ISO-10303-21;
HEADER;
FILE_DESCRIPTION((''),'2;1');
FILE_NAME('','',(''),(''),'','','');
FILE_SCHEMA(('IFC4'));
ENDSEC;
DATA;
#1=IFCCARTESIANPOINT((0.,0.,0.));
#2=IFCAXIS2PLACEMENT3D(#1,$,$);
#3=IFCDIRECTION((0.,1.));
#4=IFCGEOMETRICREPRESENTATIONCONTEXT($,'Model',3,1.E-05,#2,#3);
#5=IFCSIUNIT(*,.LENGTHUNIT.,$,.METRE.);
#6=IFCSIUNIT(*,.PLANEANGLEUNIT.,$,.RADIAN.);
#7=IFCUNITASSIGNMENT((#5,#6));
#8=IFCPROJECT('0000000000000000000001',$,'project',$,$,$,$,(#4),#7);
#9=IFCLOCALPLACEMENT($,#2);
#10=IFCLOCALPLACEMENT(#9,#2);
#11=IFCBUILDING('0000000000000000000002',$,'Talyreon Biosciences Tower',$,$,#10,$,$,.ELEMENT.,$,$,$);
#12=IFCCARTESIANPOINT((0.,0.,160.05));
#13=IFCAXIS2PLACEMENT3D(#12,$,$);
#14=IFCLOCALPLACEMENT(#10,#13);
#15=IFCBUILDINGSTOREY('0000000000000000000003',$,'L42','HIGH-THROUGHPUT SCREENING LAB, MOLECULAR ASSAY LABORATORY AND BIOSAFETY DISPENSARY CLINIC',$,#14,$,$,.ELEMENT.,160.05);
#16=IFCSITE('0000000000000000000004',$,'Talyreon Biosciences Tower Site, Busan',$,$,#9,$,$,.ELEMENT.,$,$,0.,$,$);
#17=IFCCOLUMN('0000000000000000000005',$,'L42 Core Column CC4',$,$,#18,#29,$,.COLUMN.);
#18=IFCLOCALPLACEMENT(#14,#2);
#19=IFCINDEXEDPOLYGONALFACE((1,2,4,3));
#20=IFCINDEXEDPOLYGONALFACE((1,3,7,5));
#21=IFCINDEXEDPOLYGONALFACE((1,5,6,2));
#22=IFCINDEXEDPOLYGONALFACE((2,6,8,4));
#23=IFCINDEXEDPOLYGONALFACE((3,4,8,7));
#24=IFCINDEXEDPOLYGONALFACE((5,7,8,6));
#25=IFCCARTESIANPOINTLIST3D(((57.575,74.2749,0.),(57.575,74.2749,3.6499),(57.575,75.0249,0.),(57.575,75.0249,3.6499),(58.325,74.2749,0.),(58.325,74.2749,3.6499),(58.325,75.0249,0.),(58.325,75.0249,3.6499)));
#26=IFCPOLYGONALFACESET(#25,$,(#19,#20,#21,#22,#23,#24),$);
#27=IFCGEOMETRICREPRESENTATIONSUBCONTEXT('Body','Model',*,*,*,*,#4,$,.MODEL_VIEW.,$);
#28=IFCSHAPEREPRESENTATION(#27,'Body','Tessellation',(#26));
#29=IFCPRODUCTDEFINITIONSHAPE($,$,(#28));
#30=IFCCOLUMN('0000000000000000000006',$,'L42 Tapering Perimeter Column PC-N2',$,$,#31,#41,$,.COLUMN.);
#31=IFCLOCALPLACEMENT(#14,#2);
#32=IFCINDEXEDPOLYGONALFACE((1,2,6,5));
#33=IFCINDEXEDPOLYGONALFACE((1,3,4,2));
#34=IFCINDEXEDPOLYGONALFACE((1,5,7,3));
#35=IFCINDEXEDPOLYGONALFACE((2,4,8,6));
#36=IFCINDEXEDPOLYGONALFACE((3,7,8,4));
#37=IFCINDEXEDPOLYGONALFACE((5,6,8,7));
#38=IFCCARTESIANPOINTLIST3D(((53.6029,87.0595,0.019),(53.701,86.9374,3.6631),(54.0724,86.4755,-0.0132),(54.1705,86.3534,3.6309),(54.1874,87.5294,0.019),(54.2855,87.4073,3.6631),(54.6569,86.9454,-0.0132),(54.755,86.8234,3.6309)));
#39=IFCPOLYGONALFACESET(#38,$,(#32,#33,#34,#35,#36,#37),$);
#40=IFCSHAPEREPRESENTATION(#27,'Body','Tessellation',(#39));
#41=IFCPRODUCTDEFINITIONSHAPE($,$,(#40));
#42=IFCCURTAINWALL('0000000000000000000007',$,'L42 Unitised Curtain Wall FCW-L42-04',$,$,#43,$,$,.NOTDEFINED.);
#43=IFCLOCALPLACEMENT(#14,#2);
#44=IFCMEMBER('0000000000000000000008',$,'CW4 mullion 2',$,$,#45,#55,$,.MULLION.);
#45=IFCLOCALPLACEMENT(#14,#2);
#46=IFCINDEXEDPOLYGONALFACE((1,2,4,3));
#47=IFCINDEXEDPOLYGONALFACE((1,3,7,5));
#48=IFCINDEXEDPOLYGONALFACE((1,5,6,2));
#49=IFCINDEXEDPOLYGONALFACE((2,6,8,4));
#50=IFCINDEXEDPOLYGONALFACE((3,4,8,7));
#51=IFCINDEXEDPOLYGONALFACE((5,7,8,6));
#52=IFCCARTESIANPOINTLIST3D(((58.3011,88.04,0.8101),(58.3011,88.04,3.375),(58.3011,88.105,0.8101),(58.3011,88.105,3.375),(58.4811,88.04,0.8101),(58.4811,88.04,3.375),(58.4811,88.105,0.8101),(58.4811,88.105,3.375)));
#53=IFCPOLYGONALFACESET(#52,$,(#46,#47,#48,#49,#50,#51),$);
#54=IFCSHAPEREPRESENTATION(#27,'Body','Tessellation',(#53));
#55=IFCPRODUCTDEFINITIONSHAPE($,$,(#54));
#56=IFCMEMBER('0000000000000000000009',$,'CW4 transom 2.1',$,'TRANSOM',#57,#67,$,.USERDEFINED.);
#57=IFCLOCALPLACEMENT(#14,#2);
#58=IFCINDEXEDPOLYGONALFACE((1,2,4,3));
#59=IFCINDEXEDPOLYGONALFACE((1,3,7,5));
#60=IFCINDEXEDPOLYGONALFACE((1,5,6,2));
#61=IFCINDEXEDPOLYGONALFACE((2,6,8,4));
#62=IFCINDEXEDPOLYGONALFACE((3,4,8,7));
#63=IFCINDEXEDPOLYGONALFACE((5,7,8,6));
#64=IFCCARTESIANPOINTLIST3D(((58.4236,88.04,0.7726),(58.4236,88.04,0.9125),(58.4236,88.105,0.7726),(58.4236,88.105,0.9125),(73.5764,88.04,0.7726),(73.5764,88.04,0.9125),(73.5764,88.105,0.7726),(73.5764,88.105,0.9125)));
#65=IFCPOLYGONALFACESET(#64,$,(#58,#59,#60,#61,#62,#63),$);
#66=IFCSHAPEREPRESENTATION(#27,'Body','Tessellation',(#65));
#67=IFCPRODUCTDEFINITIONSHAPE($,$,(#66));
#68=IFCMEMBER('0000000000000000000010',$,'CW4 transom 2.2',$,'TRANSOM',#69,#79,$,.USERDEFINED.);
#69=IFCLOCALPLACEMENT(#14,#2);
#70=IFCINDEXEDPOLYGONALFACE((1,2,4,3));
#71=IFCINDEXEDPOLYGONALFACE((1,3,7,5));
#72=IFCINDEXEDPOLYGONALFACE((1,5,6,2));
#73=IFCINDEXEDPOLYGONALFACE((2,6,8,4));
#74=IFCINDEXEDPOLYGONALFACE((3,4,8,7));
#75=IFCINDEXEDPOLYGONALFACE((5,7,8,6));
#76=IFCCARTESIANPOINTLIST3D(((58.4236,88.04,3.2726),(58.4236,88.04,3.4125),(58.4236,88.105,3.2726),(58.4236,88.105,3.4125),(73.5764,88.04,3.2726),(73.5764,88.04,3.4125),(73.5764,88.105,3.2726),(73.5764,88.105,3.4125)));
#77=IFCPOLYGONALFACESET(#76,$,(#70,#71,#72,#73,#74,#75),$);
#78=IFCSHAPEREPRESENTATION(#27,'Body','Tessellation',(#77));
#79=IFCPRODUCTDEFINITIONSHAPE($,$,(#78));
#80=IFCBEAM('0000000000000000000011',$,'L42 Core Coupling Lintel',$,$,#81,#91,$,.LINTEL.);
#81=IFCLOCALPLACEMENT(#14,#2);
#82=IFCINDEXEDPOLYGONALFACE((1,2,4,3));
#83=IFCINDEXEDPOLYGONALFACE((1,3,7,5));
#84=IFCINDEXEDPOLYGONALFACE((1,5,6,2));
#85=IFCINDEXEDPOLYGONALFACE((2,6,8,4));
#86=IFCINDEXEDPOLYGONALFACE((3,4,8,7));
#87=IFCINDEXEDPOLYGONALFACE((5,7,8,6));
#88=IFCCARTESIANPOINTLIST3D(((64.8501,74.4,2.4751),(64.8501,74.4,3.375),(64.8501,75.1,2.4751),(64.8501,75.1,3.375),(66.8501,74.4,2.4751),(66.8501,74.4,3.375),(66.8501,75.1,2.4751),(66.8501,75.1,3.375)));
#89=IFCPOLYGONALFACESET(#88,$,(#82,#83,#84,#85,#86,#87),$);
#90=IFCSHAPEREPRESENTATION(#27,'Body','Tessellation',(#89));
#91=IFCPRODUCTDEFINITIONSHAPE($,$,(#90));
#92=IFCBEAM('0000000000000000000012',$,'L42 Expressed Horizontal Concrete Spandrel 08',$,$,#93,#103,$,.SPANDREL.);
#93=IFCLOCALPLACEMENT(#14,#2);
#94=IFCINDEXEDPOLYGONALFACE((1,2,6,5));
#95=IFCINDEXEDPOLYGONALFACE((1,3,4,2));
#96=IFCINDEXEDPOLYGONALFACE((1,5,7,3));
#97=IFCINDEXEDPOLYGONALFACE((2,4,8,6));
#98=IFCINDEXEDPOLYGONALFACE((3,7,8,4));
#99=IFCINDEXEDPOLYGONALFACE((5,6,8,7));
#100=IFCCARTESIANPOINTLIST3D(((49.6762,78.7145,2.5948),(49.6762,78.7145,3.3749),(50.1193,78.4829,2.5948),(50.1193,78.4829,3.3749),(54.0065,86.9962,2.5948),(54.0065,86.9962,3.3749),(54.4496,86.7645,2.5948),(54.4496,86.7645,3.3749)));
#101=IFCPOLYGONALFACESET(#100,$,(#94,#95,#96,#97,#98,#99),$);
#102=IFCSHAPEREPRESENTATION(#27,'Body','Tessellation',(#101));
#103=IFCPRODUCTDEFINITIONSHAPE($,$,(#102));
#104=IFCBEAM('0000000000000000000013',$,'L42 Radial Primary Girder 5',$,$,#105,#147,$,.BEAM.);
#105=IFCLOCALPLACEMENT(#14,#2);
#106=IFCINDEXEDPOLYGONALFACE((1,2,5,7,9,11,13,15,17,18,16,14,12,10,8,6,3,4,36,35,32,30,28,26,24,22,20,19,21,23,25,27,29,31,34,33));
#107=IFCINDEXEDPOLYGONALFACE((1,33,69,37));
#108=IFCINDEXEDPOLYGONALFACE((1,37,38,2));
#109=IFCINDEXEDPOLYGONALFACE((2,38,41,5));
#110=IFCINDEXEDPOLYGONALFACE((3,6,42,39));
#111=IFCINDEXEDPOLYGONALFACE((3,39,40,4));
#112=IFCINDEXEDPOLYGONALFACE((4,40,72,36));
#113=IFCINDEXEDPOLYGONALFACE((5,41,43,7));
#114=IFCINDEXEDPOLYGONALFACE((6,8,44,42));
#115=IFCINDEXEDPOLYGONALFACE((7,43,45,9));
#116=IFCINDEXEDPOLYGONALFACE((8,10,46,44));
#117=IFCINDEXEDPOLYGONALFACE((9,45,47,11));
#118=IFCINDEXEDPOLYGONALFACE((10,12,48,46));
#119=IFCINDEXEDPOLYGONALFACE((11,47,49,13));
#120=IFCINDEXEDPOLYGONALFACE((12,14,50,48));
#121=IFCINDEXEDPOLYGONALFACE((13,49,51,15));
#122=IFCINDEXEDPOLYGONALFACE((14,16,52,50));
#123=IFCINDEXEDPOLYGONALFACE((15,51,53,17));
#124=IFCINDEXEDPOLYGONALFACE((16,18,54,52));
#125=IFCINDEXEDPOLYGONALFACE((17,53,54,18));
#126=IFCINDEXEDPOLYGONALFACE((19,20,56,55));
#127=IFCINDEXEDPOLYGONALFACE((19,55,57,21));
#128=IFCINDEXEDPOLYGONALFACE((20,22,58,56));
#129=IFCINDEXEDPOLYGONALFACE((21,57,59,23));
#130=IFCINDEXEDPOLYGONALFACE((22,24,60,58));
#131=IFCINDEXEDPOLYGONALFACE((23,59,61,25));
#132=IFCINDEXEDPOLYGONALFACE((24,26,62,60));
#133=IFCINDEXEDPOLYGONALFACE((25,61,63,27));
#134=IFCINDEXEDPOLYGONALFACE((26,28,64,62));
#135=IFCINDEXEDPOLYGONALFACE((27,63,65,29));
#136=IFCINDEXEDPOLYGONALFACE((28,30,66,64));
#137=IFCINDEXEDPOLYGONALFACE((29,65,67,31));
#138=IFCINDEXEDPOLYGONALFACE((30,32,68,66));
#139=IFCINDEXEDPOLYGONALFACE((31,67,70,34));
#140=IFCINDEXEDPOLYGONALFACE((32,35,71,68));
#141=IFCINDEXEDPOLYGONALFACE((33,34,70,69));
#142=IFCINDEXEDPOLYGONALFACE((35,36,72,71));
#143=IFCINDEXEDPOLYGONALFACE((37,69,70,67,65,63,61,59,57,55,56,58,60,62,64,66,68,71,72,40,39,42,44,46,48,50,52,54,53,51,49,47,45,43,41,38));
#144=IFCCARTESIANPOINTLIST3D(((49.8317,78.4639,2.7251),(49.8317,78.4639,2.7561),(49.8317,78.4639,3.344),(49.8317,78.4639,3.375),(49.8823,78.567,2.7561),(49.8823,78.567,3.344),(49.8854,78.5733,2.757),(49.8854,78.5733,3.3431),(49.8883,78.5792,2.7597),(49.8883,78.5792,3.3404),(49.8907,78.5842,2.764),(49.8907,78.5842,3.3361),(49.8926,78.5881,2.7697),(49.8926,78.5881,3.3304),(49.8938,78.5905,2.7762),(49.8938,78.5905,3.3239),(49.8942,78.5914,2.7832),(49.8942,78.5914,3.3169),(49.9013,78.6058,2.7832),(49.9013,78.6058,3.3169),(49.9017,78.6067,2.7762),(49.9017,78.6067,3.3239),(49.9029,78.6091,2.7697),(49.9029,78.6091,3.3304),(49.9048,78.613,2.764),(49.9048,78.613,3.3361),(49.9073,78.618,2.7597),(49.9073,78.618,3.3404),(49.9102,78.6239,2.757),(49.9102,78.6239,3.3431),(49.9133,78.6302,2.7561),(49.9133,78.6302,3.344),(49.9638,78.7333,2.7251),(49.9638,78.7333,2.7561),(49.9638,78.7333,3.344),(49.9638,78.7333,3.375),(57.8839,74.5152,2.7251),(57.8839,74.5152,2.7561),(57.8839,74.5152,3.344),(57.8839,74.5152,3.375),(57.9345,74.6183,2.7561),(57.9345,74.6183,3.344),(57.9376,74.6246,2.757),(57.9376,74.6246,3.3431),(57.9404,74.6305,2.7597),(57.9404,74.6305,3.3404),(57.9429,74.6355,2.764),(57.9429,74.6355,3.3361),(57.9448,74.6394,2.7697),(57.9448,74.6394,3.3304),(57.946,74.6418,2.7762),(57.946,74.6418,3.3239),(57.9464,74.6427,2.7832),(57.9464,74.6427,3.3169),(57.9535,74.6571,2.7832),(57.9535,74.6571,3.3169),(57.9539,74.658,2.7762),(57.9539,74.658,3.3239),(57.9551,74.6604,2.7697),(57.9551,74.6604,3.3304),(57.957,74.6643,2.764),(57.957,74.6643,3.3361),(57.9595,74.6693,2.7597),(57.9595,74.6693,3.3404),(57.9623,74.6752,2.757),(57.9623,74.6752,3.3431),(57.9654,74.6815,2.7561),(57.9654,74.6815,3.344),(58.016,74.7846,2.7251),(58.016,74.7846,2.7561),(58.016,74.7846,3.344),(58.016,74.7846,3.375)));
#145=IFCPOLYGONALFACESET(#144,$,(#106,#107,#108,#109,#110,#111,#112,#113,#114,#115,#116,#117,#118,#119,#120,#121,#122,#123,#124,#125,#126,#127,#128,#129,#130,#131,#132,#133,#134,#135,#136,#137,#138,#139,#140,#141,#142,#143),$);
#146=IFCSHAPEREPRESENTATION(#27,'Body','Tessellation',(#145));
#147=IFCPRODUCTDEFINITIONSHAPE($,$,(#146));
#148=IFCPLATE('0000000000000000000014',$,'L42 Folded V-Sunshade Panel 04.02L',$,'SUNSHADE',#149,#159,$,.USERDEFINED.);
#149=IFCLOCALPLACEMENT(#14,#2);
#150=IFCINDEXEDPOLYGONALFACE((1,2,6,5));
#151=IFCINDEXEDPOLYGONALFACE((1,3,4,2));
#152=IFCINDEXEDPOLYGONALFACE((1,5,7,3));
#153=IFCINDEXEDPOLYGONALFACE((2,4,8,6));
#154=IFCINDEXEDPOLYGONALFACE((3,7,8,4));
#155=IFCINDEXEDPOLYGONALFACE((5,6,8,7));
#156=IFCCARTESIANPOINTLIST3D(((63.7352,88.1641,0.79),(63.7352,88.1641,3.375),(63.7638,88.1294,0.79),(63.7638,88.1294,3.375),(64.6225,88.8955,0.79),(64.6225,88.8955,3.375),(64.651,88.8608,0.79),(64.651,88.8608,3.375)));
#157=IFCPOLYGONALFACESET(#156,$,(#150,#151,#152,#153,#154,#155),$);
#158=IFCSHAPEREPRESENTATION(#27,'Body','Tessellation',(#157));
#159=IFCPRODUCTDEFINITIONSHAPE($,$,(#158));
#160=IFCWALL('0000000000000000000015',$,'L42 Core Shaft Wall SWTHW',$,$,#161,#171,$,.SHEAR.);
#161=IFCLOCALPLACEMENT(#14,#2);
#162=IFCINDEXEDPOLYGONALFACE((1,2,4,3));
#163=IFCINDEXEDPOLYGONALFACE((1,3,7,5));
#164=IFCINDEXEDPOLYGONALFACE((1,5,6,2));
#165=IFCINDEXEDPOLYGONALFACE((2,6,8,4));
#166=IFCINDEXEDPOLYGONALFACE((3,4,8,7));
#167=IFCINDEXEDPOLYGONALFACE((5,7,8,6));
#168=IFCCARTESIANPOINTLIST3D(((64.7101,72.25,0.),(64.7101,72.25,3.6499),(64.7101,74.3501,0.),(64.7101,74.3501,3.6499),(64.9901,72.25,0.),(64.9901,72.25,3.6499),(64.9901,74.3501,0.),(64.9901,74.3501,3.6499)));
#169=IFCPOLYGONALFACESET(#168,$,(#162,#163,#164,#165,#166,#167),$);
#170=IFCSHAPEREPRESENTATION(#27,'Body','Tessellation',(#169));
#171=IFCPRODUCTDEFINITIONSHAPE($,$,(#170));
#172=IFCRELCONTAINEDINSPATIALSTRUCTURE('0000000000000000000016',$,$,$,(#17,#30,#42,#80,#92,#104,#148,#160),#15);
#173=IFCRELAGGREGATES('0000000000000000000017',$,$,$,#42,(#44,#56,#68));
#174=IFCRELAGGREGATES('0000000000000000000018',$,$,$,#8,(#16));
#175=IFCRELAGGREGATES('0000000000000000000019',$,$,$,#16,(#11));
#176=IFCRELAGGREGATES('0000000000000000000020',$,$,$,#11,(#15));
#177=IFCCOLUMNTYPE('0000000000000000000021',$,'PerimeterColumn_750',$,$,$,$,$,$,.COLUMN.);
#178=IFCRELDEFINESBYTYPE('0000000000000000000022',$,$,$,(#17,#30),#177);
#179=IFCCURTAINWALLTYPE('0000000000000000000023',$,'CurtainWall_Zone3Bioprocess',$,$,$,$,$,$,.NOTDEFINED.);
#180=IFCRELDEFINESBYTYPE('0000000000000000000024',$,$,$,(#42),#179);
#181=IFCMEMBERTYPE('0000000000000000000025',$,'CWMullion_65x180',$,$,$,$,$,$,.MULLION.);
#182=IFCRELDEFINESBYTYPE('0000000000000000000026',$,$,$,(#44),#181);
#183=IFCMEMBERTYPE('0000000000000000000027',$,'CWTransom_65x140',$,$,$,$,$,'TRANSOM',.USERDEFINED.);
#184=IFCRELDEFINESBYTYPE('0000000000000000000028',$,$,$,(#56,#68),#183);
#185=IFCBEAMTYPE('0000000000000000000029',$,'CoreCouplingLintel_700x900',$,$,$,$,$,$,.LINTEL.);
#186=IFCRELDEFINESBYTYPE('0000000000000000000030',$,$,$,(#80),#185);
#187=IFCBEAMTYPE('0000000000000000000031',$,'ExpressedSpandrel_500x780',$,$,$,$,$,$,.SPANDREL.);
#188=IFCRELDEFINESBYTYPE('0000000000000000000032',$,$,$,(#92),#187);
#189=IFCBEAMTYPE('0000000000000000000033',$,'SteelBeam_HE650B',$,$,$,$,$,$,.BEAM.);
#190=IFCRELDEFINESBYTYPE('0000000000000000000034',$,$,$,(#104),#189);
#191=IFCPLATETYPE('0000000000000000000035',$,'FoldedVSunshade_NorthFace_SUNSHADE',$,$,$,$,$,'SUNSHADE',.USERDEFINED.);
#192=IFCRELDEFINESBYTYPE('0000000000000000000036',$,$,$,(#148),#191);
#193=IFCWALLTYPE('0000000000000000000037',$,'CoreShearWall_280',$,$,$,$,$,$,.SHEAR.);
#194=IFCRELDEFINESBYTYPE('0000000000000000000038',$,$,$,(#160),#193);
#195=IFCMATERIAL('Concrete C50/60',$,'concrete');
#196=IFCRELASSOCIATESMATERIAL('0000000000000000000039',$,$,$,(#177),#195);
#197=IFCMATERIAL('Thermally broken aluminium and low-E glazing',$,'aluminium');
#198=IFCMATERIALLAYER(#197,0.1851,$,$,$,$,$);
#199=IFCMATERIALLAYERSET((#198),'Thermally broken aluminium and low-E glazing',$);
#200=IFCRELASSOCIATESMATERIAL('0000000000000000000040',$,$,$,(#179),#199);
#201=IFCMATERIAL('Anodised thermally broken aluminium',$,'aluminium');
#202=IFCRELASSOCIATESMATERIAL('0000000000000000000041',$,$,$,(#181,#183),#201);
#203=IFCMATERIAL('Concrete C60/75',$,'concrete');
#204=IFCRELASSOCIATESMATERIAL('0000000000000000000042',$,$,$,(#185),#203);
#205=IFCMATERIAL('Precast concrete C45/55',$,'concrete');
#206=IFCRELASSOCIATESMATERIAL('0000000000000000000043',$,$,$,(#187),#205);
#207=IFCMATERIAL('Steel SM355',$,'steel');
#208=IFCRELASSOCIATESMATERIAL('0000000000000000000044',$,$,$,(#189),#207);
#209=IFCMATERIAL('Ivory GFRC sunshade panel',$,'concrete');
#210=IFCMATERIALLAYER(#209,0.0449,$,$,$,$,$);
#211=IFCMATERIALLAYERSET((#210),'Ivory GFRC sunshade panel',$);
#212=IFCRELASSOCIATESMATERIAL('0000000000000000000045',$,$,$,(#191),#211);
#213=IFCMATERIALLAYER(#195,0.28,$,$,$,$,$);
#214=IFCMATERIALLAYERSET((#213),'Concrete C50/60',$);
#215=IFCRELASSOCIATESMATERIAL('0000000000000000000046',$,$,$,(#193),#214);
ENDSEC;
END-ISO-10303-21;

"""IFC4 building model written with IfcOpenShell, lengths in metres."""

from ifc_helpers import new_model, si_unit, direction, frame, frame_2d, origin, origin_2d, place, context, subcontext, project, spatial, rectangle, i_section, extrude, material, layer, layer_set, material_profile, profile_set, type_object, element, aggregate, save


model = new_model("IFC4")

# Units and contexts
model_context = context("Model", 3, precision=1e-05, world=origin(), true_north=direction((0.0, 1.0)))
body_context = subcontext(model_context, "Body", "Model", "MODEL_VIEW")
ifc_project = project(units=[si_unit("LENGTHUNIT", "METRE"), si_unit("PLANEANGLEUNIT", "RADIAN")], contexts=[model_context])

# Site, building, storey
site_placement = place(None, origin())
site = spatial("IfcSite", under=ifc_project, at=site_placement, Name="Talyreon Biosciences Tower Site, Busan", CompositionType="ELEMENT", RefElevation=0.0)
building_placement = place(site_placement, origin())
building = spatial("IfcBuilding", under=site, at=building_placement, Name="Talyreon Biosciences Tower", CompositionType="ELEMENT")
storey_placement = place(building_placement, frame((0.0, 0.0, 160.05)))
storey = spatial("IfcBuildingStorey", under=building, at=storey_placement, Name="L42", Description="HIGH-THROUGHPUT SCREENING LAB, MOLECULAR ASSAY LABORATORY AND BIOSAFETY DISPENSARY CLINIC", CompositionType="ELEMENT", Elevation=160.05)

# Columns
ifc_material_1 = material(Name="Concrete C50/60", Category="concrete")
ifc_material_profile_1 = material_profile(ifc_material_1, rectangle(XDim=0.75, YDim=0.75, at=origin_2d()), Name="RC 750x750")
ifc_profile_set_1 = profile_set([ifc_material_profile_1], Name="Concrete C50/60")
column_type = type_object("IfcColumnType", Name="PerimeterColumn_750", PredefinedType="COLUMN", material=ifc_profile_set_1)
column_1_placement = place(storey_placement, frame((57.95, 74.6499, 0.0), z_axis=(0.0, 0.0, 1.0), x_axis=(1.0, 0.0, 0.0)))
element("IfcColumn", 1, at=column_1_placement, inside=storey, type_object=column_type, Name="L42 Core Column CC4", PredefinedType="COLUMN", context=body_context, shape_type="SweptSolid", body=[
    extrude(rectangle(XDim=0.75, YDim=0.75, at=origin_2d()), origin(), (0.0, 0.0, 1.0), 3.6499),
])
column_2_placement = place(storey_placement, frame((54.1299, 87.0024, 0.0029), z_axis=(0.026908, -0.033468, 0.999078), x_axis=(-0.779346, -0.626594, 0.0)))
element("IfcColumn", 2, at=column_2_placement, inside=storey, type_object=column_type, Name="L42 Tapering Perimeter Column PC-N2", PredefinedType="COLUMN", context=body_context, shape_type="SweptSolid", body=[
    extrude(rectangle(XDim=0.75, YDim=0.75, at=origin_2d()), origin(), (0.0, 0.0, 1.0), 3.6475),
])

# Curtain wall, members
ifc_material_2 = material(Name="Thermally broken aluminium and low-E glazing", Category="aluminium")
ifc_layer_1 = layer(ifc_material_2, 0.1851)
ifc_layer_set_1 = layer_set([ifc_layer_1], Name="Thermally broken aluminium and low-E glazing")
curtain_wall_type = type_object("IfcCurtainWallType", Name="CurtainWall_Zone3Bioprocess", PredefinedType="NOTDEFINED", material=ifc_layer_set_1)
curtain_wall_placement = place(storey_placement, origin())
curtain_wall = element("IfcCurtainWall", 3, at=curtain_wall_placement, inside=storey, type_object=curtain_wall_type, Name="L42 Unitised Curtain Wall FCW-L42-04", PredefinedType="NOTDEFINED")
ifc_material_3 = material(Name="Anodised thermally broken aluminium", Category="aluminium")
ifc_material_profile_2 = material_profile(ifc_material_3, rectangle(XDim=0.0649, YDim=0.1799, at=origin_2d()), Name="ALUM MULLION 65x180")
ifc_profile_set_2 = profile_set([ifc_material_profile_2], Name="Anodised thermally broken aluminium")
member_type_1 = type_object("IfcMemberType", Name="CWMullion_65x180", PredefinedType="MULLION", material=ifc_profile_set_2)
member_1_placement = place(storey_placement, frame((58.3911, 88.0725, 0.8101), z_axis=(0.0, 0.0, 1.0), x_axis=(0.0, 1.0, 0.0)))
member_1 = element("IfcMember", 4, at=member_1_placement, type_object=member_type_1, Name="CW4 mullion 2", PredefinedType="MULLION", context=body_context, shape_type="SweptSolid", body=[
    extrude(rectangle(XDim=0.0649, YDim=0.1799, at=origin_2d()), origin(), (0.0, 0.0, 1.0), 2.5649),
])
ifc_material_profile_3 = material_profile(ifc_material_3, rectangle(XDim=0.0649, YDim=0.1399, at=origin_2d()), Name="ALUM TRANSOM 65x140")
ifc_profile_set_3 = profile_set([ifc_material_profile_3], Name="Anodised thermally broken aluminium")
member_type_2 = type_object("IfcMemberType", Name="CWTransom_65x140", ElementType="TRANSOM", PredefinedType="USERDEFINED", material=ifc_profile_set_3)
member_2_placement = place(storey_placement, frame((58.4236, 88.0725, 0.8425), z_axis=(1.0, 0.0, 0.0), x_axis=(0.0, 1.0, 0.0)))
member_2 = element("IfcMember", 5, at=member_2_placement, type_object=member_type_2, Name="CW4 transom 2.1", ObjectType="TRANSOM", PredefinedType="USERDEFINED", context=body_context, shape_type="SweptSolid", body=[
    extrude(rectangle(XDim=0.0649, YDim=0.1399, at=origin_2d()), origin(), (0.0, 0.0, 1.0), 15.1528),
])
member_3_placement = place(storey_placement, frame((58.4236, 88.0725, 3.3425), z_axis=(1.0, 0.0, 0.0), x_axis=(0.0, 1.0, 0.0)))
member_3 = element("IfcMember", 6, at=member_3_placement, type_object=member_type_2, Name="CW4 transom 2.2", ObjectType="TRANSOM", PredefinedType="USERDEFINED", context=body_context, shape_type="SweptSolid", body=[
    extrude(rectangle(XDim=0.0649, YDim=0.1399, at=origin_2d()), origin(), (0.0, 0.0, 1.0), 15.1528),
])
aggregate(curtain_wall, [member_1, member_2, member_3])

# Beams
ifc_material_4 = material(Name="Concrete C60/75", Category="concrete")
ifc_material_profile_4 = material_profile(ifc_material_4, rectangle(XDim=0.7, YDim=0.8999, at=origin_2d()), Name="RCB 700x900")
ifc_profile_set_4 = profile_set([ifc_material_profile_4], Name="Concrete C60/75")
beam_type_1 = type_object("IfcBeamType", Name="CoreCouplingLintel_700x900", PredefinedType="LINTEL", material=ifc_profile_set_4)
beam_1_placement = place(storey_placement, frame((64.8501, 74.75, 2.925), z_axis=(1.0, 0.0, 0.0), x_axis=(0.0, 1.0, 0.0)))
element("IfcBeam", 7, at=beam_1_placement, inside=storey, type_object=beam_type_1, Name="L42 Core Coupling Lintel", PredefinedType="LINTEL", context=body_context, shape_type="SweptSolid", body=[
    extrude(rectangle(XDim=0.7, YDim=0.8999, at=origin_2d()), origin(), (0.0, 0.0, 1.0), 2.0),
])
ifc_material_5 = material(Name="Precast concrete C45/55", Category="concrete")
ifc_material_profile_5 = material_profile(ifc_material_5, rectangle(XDim=0.5, YDim=0.78, at=origin_2d()), Name="RCB 500x780")
ifc_profile_set_5 = profile_set([ifc_material_profile_5], Name="Precast concrete C45/55")
beam_type_2 = type_object("IfcBeamType", Name="ExpressedSpandrel_500x780", PredefinedType="SPANDREL", material=ifc_profile_set_5)
beam_2_placement = place(storey_placement, frame((54.228, 86.8804, 2.9849), z_axis=(-0.463358, -0.886171, 0.0), x_axis=(0.886171, -0.463358, 0.0)))
element("IfcBeam", 8, at=beam_2_placement, inside=storey, type_object=beam_type_2, Name="L42 Expressed Horizontal Concrete Spandrel 08", PredefinedType="SPANDREL", context=body_context, shape_type="SweptSolid", body=[
    extrude(rectangle(XDim=0.5, YDim=0.78, at=origin_2d()), origin(), (0.0, 0.0, 1.0), 9.3455),
])
ifc_material_6 = material(Name="Steel SM355", Category="steel")
ifc_material_profile_6 = material_profile(ifc_material_6, i_section(OverallWidth=0.3, OverallDepth=0.6499, WebThickness=0.0161, FlangeThickness=0.031, FilletRadius=0.0271, at=origin_2d()), Name="HE650B")
ifc_profile_set_6 = profile_set([ifc_material_profile_6], Name="Steel SM355")
beam_type_3 = type_object("IfcBeamType", Name="SteelBeam_HE650B", PredefinedType="BEAM", material=ifc_profile_set_6)
beam_3_placement = place(storey_placement, frame((57.95, 74.6499, 3.05), z_axis=(-0.897852, 0.440297, 0.0), x_axis=(-0.440297, -0.897852, 0.0)))
element("IfcBeam", 9, at=beam_3_placement, inside=storey, type_object=beam_type_3, Name="L42 Radial Primary Girder 5", PredefinedType="BEAM", context=body_context, shape_type="SweptSolid", body=[
    extrude(i_section(OverallWidth=0.3, OverallDepth=0.6499, WebThickness=0.0161, FlangeThickness=0.031, FilletRadius=0.0271, at=origin_2d()), origin(), (0.0, 0.0, 1.0), 8.9683),
])

# Plate
ifc_material_7 = material(Name="Ivory GFRC sunshade panel", Category="concrete")
ifc_layer_2 = layer(ifc_material_7, 0.0449)
ifc_layer_set_2 = layer_set([ifc_layer_2], Name="Ivory GFRC sunshade panel")
plate_type = type_object("IfcPlateType", Name="FoldedVSunshade_NorthFace_SUNSHADE", ElementType="SUNSHADE", PredefinedType="USERDEFINED", material=ifc_layer_set_2)
plate_placement = place(storey_placement, frame((64.1931, 88.5125, 0.79), z_axis=(0.0, 0.0, 1.0), x_axis=(0.771625, 0.636078, 0.0)))
element("IfcPlate", 10, at=plate_placement, inside=storey, type_object=plate_type, Name="L42 Folded V-Sunshade Panel 04.02L", ObjectType="SUNSHADE", PredefinedType="USERDEFINED", context=body_context, shape_type="SweptSolid", body=[
    extrude(rectangle(XDim=1.1499, YDim=0.0449, at=origin_2d()), origin(), (0.0, 0.0, 1.0), 2.585),
])

# Wall
ifc_layer_3 = layer(ifc_material_1, 0.28)
ifc_layer_set_3 = layer_set([ifc_layer_3], Name="Concrete C50/60")
wall_type_1 = type_object("IfcWallType", Name="CoreShearWall_280", PredefinedType="SHEAR", material=ifc_layer_set_3)
wall_1_placement = place(storey_placement, frame((64.8501, 72.25, 0.0), z_axis=(0.0, 0.0, 1.0), x_axis=(0.0, 1.0, 0.0)))
element("IfcWall", 11, at=wall_1_placement, inside=storey, type_object=wall_type_1, Name="L42 Core Shaft Wall SWTHW", PredefinedType="SHEAR", context=body_context, shape_type="SweptSolid", body=[
    extrude(rectangle(XDim=2.1001, YDim=0.28, at=frame_2d((1.05, 0.0))), origin(), (0.0, 0.0, 1.0), 3.6499),
])

save(model, "model.ifc")
